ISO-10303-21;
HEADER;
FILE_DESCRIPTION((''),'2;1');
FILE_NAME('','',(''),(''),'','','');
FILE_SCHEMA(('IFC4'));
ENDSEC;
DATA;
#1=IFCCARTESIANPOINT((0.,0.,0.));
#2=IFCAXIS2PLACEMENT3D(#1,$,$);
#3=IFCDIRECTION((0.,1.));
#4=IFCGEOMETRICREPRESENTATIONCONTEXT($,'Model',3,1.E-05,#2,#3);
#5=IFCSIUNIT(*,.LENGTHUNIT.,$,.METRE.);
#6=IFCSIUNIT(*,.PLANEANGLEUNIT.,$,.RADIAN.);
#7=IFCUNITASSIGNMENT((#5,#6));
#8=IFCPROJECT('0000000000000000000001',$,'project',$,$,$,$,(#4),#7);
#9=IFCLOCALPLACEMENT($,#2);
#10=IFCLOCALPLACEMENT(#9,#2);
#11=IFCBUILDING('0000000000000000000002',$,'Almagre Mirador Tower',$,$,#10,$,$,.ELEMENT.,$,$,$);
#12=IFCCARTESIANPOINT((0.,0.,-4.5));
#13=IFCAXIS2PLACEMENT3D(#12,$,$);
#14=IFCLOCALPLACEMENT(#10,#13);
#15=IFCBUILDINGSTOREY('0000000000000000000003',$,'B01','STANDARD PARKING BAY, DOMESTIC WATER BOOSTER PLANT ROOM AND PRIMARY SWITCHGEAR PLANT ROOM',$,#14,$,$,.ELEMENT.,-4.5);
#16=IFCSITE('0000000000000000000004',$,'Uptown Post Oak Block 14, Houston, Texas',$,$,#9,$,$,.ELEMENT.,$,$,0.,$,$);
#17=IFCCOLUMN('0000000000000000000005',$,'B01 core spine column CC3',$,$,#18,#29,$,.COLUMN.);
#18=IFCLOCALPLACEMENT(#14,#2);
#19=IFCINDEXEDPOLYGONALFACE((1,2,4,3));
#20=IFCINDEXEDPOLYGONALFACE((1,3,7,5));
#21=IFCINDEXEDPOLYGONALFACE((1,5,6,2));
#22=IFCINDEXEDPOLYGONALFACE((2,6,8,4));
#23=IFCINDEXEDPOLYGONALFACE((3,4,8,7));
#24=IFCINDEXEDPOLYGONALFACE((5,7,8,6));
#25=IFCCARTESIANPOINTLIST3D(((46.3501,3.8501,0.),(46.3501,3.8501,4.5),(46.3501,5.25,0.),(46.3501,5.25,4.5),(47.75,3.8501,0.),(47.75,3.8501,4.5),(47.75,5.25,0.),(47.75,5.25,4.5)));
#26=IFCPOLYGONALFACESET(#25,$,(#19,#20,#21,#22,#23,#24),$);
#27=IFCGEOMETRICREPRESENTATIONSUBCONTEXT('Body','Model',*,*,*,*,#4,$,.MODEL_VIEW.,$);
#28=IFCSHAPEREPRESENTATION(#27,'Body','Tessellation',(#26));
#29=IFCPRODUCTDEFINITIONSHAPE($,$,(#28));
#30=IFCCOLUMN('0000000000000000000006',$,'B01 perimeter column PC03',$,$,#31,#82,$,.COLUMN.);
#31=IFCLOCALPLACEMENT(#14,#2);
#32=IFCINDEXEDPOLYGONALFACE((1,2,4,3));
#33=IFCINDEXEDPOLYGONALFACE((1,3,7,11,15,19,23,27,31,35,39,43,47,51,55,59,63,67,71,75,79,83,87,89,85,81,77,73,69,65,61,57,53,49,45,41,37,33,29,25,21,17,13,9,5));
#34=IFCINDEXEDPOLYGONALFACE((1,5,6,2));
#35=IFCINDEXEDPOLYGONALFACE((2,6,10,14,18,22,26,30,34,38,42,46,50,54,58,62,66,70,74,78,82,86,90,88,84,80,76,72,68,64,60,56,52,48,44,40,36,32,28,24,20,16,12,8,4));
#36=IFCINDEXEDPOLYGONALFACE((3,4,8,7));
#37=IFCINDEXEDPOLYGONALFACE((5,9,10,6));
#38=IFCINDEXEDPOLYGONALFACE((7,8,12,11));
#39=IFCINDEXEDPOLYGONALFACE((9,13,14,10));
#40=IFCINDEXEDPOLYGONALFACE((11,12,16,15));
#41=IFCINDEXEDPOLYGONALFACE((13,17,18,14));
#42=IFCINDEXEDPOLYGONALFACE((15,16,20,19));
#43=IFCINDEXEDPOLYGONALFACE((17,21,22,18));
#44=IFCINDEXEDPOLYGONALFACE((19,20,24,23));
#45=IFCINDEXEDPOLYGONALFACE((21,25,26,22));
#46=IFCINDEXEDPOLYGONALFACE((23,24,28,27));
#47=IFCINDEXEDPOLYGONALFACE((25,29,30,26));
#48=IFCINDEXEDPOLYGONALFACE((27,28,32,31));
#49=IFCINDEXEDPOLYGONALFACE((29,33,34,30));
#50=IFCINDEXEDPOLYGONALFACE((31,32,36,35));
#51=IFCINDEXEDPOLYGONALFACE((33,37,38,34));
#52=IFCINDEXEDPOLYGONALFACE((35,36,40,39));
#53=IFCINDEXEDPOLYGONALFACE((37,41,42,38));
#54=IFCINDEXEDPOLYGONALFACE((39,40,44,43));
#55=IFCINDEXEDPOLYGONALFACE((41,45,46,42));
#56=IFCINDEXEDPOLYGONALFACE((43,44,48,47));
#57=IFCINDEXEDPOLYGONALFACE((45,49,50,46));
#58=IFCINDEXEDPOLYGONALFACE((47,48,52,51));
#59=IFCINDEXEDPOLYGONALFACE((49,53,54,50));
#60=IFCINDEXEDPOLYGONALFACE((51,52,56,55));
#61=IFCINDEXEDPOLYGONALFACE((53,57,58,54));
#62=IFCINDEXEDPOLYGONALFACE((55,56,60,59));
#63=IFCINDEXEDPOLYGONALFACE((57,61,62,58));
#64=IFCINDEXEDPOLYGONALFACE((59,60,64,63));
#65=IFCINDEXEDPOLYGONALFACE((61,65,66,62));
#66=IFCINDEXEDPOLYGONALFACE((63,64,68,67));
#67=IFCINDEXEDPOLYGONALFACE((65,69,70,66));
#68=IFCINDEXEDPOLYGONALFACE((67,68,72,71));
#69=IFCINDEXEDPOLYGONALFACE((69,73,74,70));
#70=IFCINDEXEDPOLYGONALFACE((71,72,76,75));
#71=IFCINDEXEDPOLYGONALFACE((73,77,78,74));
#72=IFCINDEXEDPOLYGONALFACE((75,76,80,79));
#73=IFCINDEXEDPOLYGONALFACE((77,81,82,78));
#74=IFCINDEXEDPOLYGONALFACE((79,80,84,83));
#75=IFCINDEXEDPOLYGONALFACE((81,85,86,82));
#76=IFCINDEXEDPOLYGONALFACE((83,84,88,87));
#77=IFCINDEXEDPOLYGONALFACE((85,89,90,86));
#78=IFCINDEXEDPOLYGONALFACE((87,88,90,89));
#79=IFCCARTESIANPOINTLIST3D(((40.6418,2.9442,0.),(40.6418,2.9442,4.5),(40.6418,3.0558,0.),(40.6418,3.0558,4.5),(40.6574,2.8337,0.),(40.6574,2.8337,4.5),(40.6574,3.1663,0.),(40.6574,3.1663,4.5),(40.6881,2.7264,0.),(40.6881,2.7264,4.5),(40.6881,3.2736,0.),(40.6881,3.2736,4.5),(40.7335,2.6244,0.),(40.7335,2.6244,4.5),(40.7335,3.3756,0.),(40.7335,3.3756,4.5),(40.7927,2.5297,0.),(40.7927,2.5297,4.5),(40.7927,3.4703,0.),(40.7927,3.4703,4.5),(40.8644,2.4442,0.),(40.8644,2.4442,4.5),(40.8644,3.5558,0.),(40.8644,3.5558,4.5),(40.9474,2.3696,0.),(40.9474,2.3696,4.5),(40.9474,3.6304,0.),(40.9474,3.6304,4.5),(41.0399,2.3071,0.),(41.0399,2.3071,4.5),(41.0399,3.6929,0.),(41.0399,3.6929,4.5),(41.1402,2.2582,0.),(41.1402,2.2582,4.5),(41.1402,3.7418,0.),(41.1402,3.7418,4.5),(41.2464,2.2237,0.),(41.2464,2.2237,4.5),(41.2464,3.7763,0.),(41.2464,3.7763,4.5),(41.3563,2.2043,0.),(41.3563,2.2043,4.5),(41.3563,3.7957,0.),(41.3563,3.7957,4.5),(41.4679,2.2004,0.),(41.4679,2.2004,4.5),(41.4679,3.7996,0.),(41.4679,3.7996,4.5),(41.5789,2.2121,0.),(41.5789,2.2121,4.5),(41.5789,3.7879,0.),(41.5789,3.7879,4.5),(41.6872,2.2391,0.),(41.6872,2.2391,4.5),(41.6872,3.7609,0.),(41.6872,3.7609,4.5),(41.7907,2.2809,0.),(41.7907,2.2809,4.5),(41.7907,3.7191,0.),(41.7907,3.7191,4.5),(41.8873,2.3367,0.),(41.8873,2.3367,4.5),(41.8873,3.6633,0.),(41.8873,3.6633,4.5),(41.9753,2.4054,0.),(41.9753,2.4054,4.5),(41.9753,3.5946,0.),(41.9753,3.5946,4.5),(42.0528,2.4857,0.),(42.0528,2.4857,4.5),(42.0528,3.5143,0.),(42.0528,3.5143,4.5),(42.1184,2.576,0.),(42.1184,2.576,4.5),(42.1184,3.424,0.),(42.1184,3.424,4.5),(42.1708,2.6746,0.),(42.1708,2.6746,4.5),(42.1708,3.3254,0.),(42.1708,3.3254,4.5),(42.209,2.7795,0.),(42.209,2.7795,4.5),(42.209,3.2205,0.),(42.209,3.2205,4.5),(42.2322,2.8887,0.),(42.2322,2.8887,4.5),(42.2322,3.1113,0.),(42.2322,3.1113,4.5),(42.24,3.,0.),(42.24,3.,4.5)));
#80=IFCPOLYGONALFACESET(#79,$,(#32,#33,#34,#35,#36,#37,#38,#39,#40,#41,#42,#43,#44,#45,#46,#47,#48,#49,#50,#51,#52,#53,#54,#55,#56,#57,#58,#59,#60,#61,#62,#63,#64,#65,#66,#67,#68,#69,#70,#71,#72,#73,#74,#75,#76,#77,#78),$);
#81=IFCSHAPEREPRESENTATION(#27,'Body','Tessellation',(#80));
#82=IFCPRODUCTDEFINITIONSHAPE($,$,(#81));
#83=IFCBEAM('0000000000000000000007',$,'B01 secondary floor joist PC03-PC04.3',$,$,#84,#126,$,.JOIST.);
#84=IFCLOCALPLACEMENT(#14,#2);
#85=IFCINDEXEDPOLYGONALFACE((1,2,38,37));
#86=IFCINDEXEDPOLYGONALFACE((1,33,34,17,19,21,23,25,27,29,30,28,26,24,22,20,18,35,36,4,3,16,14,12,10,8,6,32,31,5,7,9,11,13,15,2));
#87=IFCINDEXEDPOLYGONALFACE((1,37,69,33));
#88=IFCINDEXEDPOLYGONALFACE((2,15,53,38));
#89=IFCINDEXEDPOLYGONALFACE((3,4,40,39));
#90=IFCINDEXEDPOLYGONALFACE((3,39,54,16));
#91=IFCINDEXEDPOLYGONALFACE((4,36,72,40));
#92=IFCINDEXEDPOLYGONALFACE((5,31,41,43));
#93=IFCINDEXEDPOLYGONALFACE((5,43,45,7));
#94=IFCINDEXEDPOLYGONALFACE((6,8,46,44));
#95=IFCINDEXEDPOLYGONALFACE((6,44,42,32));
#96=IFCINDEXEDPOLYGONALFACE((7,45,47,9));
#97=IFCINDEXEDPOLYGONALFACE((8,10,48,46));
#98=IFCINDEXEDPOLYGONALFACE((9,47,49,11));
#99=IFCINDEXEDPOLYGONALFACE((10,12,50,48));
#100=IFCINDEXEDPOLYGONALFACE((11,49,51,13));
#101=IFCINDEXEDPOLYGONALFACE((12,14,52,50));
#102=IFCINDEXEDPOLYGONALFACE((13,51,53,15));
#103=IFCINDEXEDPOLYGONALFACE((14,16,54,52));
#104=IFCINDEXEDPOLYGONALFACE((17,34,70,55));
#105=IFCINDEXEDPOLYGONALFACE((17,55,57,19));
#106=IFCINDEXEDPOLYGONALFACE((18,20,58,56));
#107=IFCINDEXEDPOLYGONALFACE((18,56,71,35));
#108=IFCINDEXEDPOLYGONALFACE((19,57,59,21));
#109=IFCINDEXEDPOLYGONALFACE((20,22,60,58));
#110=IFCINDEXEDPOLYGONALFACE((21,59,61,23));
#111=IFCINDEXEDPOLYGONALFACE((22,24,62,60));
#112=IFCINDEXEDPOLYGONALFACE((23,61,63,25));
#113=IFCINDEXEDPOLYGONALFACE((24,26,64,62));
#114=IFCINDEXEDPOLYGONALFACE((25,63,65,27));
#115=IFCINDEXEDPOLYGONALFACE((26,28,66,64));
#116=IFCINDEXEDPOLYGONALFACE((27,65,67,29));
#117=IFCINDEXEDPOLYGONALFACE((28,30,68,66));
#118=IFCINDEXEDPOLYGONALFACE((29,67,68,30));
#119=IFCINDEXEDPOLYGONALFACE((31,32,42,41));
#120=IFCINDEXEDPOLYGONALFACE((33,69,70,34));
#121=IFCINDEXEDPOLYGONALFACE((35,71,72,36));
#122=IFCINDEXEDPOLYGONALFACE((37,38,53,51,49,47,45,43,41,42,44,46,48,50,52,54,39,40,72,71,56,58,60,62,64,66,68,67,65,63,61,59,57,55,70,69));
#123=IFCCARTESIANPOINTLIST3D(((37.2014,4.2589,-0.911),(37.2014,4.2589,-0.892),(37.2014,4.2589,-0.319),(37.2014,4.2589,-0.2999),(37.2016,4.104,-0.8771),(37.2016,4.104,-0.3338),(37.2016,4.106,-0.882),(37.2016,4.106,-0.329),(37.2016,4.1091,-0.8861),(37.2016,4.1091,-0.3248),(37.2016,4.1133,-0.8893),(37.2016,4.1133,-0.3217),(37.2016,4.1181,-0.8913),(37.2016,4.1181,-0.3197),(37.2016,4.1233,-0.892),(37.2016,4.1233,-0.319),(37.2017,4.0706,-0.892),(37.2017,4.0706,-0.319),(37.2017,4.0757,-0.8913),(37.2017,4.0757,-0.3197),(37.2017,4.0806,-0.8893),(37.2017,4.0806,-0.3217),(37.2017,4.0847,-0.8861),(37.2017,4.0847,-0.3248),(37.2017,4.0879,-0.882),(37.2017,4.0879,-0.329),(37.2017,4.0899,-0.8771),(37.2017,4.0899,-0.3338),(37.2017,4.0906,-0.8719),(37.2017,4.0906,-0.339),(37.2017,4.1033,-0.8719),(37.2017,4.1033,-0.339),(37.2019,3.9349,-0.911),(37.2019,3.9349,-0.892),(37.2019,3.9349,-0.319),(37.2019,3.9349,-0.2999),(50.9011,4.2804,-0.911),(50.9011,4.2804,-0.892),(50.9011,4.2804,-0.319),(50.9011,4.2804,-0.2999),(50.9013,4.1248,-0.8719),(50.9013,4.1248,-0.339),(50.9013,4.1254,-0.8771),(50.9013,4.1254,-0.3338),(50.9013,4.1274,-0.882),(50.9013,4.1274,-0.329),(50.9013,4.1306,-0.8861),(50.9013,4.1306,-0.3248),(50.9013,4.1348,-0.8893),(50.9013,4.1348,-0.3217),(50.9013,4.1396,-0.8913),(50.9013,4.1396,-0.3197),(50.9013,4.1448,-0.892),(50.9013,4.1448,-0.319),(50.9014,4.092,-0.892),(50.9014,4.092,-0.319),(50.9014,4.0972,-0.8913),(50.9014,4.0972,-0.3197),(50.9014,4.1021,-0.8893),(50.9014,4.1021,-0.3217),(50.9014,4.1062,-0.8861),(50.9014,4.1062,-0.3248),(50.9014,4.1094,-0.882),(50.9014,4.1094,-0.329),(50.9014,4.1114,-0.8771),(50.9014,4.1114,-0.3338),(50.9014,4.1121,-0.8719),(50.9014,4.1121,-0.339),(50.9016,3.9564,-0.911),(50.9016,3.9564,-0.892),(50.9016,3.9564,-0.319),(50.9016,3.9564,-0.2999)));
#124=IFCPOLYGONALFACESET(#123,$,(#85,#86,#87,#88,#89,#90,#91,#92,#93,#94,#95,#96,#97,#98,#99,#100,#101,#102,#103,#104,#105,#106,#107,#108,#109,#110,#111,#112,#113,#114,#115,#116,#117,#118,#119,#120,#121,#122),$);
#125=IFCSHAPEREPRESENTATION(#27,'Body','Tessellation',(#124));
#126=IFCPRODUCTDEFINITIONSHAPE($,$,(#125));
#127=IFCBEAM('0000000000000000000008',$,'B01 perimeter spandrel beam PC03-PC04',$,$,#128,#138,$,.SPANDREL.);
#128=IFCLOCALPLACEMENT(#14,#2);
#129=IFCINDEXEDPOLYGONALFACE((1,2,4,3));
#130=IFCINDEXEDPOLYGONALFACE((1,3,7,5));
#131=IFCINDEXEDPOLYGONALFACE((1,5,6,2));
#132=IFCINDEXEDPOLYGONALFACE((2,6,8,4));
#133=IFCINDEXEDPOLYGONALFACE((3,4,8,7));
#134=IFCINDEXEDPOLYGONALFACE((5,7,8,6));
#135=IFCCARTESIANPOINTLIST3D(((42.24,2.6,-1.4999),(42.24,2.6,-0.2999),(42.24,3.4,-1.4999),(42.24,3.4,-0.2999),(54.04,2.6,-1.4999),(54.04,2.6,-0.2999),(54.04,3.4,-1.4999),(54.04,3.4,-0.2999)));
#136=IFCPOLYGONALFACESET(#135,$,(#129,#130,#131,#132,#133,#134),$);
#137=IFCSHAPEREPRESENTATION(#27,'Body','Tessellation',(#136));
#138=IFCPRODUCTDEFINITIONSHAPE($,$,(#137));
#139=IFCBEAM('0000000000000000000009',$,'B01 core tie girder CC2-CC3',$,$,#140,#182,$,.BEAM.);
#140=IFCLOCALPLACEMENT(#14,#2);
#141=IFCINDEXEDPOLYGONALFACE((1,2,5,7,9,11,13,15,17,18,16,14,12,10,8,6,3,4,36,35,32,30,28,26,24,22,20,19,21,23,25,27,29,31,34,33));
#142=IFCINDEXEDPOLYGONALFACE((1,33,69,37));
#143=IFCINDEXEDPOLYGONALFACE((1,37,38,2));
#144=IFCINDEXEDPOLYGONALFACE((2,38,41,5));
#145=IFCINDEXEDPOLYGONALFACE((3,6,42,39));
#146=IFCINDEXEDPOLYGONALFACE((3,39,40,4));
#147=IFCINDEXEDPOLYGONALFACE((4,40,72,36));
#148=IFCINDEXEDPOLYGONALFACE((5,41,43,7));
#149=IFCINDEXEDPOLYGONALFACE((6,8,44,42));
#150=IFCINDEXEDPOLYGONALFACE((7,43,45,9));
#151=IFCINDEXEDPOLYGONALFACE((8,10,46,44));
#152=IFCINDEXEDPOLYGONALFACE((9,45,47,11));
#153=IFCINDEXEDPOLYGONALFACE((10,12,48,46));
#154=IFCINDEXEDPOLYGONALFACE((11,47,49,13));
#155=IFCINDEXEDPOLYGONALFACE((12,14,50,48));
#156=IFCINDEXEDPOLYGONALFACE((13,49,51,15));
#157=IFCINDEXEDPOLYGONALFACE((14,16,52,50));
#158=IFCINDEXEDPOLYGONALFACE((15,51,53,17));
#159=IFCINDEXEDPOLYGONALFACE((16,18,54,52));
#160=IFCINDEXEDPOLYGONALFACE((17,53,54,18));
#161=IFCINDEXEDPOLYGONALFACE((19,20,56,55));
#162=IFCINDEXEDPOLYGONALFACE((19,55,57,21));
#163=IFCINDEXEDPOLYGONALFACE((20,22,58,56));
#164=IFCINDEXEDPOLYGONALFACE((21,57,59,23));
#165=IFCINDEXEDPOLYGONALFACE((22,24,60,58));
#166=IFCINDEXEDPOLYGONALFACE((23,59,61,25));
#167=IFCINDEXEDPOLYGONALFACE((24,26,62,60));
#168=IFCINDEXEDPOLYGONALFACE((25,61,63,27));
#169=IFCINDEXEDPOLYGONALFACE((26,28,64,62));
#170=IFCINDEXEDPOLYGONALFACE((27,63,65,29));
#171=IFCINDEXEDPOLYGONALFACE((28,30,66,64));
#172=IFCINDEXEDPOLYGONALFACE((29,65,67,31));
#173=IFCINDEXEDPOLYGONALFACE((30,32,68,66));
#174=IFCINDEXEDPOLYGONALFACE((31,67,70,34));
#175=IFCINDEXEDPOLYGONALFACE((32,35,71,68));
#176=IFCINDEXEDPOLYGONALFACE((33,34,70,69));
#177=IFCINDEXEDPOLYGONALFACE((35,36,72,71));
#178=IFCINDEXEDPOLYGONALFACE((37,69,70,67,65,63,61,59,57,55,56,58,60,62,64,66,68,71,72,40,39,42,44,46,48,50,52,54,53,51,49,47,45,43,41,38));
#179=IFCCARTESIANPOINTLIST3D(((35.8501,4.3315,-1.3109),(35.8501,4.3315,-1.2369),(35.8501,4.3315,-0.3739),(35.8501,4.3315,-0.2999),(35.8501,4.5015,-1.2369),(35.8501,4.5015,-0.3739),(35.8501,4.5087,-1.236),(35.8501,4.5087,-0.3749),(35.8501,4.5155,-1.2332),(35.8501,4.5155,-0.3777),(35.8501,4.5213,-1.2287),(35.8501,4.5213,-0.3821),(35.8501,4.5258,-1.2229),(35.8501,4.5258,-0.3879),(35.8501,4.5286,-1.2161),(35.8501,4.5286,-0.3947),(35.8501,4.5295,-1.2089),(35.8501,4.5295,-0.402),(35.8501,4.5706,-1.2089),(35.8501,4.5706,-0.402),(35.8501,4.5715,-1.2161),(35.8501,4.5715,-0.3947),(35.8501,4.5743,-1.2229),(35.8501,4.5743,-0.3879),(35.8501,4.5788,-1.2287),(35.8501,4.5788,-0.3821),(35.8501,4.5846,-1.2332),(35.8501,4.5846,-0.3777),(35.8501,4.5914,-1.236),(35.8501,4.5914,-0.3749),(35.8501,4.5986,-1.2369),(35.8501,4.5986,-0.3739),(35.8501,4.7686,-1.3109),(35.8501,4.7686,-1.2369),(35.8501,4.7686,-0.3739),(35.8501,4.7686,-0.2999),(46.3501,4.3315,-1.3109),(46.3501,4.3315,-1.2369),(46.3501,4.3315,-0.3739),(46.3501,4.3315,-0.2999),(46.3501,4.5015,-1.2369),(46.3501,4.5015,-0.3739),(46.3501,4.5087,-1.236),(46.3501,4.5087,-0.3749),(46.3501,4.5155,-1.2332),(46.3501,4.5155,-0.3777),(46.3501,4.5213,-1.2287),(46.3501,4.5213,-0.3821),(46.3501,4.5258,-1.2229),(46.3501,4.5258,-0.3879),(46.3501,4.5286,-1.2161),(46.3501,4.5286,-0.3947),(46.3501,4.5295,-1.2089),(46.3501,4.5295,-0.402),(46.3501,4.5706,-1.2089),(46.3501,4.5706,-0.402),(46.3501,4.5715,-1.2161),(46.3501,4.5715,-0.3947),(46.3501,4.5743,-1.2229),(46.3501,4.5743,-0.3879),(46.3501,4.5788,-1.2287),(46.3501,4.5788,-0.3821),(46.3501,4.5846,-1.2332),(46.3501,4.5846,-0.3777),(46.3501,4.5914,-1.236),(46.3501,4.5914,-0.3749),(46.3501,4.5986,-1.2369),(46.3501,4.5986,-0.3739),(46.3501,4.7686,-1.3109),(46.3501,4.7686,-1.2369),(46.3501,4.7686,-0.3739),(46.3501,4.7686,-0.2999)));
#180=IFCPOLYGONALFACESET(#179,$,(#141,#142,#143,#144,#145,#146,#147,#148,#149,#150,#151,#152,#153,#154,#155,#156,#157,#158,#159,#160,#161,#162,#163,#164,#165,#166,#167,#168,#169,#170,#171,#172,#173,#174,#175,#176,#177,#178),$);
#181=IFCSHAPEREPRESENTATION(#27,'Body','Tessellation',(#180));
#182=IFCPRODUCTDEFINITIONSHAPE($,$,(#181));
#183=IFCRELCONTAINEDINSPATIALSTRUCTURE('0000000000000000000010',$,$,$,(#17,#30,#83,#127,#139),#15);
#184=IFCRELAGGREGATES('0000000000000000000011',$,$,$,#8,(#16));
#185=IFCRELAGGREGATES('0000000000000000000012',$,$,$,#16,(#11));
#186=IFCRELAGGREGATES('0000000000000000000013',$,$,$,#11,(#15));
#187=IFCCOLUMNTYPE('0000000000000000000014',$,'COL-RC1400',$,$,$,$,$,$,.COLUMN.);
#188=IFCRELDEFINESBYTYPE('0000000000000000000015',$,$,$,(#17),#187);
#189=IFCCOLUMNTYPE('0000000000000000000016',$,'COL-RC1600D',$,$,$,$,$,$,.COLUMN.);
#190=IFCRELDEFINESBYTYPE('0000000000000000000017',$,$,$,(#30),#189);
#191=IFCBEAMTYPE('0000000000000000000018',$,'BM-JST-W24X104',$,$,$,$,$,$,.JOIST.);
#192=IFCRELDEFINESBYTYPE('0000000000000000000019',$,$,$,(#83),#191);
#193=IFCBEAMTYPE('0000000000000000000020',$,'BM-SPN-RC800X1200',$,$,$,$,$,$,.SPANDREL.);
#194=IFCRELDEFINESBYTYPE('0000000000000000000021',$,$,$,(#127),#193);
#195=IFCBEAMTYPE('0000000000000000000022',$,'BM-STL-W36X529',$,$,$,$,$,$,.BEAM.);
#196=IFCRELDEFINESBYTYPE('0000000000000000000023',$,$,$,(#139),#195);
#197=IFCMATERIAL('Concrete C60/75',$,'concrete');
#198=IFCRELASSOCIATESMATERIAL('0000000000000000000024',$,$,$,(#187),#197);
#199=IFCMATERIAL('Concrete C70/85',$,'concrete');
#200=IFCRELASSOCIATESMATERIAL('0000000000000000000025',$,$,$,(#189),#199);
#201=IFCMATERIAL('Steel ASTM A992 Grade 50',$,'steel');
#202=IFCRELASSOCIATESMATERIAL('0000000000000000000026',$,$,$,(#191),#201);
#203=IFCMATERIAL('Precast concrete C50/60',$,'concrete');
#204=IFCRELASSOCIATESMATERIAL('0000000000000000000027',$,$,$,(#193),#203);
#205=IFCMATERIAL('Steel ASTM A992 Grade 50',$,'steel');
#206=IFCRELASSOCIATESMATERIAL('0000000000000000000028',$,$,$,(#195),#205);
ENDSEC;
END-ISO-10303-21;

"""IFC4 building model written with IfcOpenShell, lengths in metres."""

from ifc_helpers import new_model, si_unit, direction, frame, origin, origin_2d, place, context, subcontext, project, spatial, rectangle, circle, i_section, extrude, material, material_profile, profile_set, type_object, element, save


model = new_model("IFC4")

# Units and contexts
model_context = context("Model", 3, precision=1e-05, world=origin(), true_north=direction((0.0, 1.0)))
body_context = subcontext(model_context, "Body", "Model", "MODEL_VIEW")
ifc_project = project(units=[si_unit("LENGTHUNIT", "METRE"), si_unit("PLANEANGLEUNIT", "RADIAN")], contexts=[model_context])

# Site, building, storey
site_placement = place(None, origin())
site = spatial("IfcSite", under=ifc_project, at=site_placement, Name="Uptown Post Oak Block 14, Houston, Texas", CompositionType="ELEMENT", RefElevation=0.0)
building_placement = place(site_placement, origin())
building = spatial("IfcBuilding", under=site, at=building_placement, Name="Almagre Mirador Tower", CompositionType="ELEMENT")
storey_placement = place(building_placement, frame((0.0, 0.0, -4.5)))
storey = spatial("IfcBuildingStorey", under=building, at=storey_placement, Name="B01", Description="STANDARD PARKING BAY, DOMESTIC WATER BOOSTER PLANT ROOM AND PRIMARY SWITCHGEAR PLANT ROOM", CompositionType="ELEMENT", Elevation=-4.5)

# Columns
ifc_material_1 = material(Name="Concrete C60/75", Category="concrete")
ifc_material_profile_1 = material_profile(ifc_material_1, rectangle(XDim=1.3999, YDim=1.3999, at=origin_2d()), Name="RC1400X1400")
ifc_profile_set_1 = profile_set([ifc_material_profile_1], Name="Concrete C60/75")
column_type_1 = type_object("IfcColumnType", Name="COL-RC1400", PredefinedType="COLUMN", material=ifc_profile_set_1)
column_1_placement = place(storey_placement, frame((47.05, 4.55, 0.0), z_axis=(0.0, 0.0, 1.0), x_axis=(1.0, 0.0, 0.0)))
element("IfcColumn", 1, at=column_1_placement, inside=storey, type_object=column_type_1, Name="B01 core spine column CC3", PredefinedType="COLUMN", context=body_context, shape_type="SweptSolid", body=[
    extrude(rectangle(XDim=1.3999, YDim=1.3999, at=origin_2d()), origin(), (0.0, 0.0, 1.0), 4.5),
])
ifc_material_2 = material(Name="Concrete C70/85", Category="concrete")
ifc_material_profile_2 = material_profile(ifc_material_2, circle(Radius=0.8, at=origin_2d()), Name="RC1600D")
ifc_profile_set_2 = profile_set([ifc_material_profile_2], Name="Concrete C70/85")
column_type_2 = type_object("IfcColumnType", Name="COL-RC1600D", PredefinedType="COLUMN", material=ifc_profile_set_2)
column_2_placement = place(storey_placement, frame((41.4399, 3.0, 0.0), z_axis=(0.0, 0.0, 1.0), x_axis=(1.0, 0.0, 0.0)))
element("IfcColumn", 2, at=column_2_placement, inside=storey, type_object=column_type_2, Name="B01 perimeter column PC03", PredefinedType="COLUMN", context=body_context, shape_type="SweptSolid", body=[
    extrude(circle(Radius=0.8, at=origin_2d()), origin(), (0.0, 0.0, 1.0), 4.5),
])

# Beams
ifc_material_3 = material(Name="Steel ASTM A992 Grade 50", Category="steel")
ifc_material_profile_3 = material_profile(ifc_material_3, i_section(OverallWidth=0.324, OverallDepth=0.6111, WebThickness=0.0127, FlangeThickness=0.019, FilletRadius=0.02, at=origin_2d()), Name="W24X104")
ifc_profile_set_3 = profile_set([ifc_material_profile_3], Name="Steel ASTM A992 Grade 50")
beam_type_1 = type_object("IfcBeamType", Name="BM-JST-W24X104", PredefinedType="JOIST", material=ifc_profile_set_3)
beam_1_placement = place(storey_placement, frame((37.2017, 4.0969, -0.6055), z_axis=(0.999999, 0.001568, 0.0), x_axis=(-0.001568, 0.999999, 0.0)))
element("IfcBeam", 3, at=beam_1_placement, inside=storey, type_object=beam_type_1, Name="B01 secondary floor joist PC03-PC04.3", PredefinedType="JOIST", context=body_context, shape_type="SweptSolid", body=[
    extrude(i_section(OverallWidth=0.324, OverallDepth=0.6111, WebThickness=0.0127, FlangeThickness=0.019, FilletRadius=0.02, at=origin_2d()), origin(), (0.0, 0.0, 1.0), 13.6997),
])
ifc_material_4 = material(Name="Precast concrete C50/60", Category="concrete")
ifc_material_profile_4 = material_profile(ifc_material_4, rectangle(XDim=0.8, YDim=1.2, at=origin_2d()), Name="RC800X1200")
ifc_profile_set_4 = profile_set([ifc_material_profile_4], Name="Precast concrete C50/60")
beam_type_2 = type_object("IfcBeamType", Name="BM-SPN-RC800X1200", PredefinedType="SPANDREL", material=ifc_profile_set_4)
beam_2_placement = place(storey_placement, frame((42.24, 3.0, -0.8999), z_axis=(1.0, 0.0, 0.0), x_axis=(0.0, 1.0, 0.0)))
element("IfcBeam", 4, at=beam_2_placement, inside=storey, type_object=beam_type_2, Name="B01 perimeter spandrel beam PC03-PC04", PredefinedType="SPANDREL", context=body_context, shape_type="SweptSolid", body=[
    extrude(rectangle(XDim=0.8, YDim=1.2, at=origin_2d()), origin(), (0.0, 0.0, 1.0), 11.8),
])
ifc_material_5 = material(Name="Steel ASTM A992 Grade 50", Category="steel")
ifc_material_profile_5 = material_profile(ifc_material_5, i_section(OverallWidth=0.437, OverallDepth=1.011, WebThickness=0.041, FlangeThickness=0.074, FilletRadius=0.0281, at=origin_2d()), Name="W36X529")
ifc_profile_set_5 = profile_set([ifc_material_profile_5], Name="Steel ASTM A992 Grade 50")
beam_type_3 = type_object("IfcBeamType", Name="BM-STL-W36X529", PredefinedType="BEAM", material=ifc_profile_set_5)
beam_3_placement = place(storey_placement, frame((35.8501, 4.55, -0.8054), z_axis=(1.0, 0.0, 0.0), x_axis=(0.0, 1.0, 0.0)))
element("IfcBeam", 5, at=beam_3_placement, inside=storey, type_object=beam_type_3, Name="B01 core tie girder CC2-CC3", PredefinedType="BEAM", context=body_context, shape_type="SweptSolid", body=[
    extrude(i_section(OverallWidth=0.437, OverallDepth=1.011, WebThickness=0.041, FlangeThickness=0.074, FilletRadius=0.0281, at=origin_2d()), origin(), (0.0, 0.0, 1.0), 10.5),
])

save(model, "model.ifc")
